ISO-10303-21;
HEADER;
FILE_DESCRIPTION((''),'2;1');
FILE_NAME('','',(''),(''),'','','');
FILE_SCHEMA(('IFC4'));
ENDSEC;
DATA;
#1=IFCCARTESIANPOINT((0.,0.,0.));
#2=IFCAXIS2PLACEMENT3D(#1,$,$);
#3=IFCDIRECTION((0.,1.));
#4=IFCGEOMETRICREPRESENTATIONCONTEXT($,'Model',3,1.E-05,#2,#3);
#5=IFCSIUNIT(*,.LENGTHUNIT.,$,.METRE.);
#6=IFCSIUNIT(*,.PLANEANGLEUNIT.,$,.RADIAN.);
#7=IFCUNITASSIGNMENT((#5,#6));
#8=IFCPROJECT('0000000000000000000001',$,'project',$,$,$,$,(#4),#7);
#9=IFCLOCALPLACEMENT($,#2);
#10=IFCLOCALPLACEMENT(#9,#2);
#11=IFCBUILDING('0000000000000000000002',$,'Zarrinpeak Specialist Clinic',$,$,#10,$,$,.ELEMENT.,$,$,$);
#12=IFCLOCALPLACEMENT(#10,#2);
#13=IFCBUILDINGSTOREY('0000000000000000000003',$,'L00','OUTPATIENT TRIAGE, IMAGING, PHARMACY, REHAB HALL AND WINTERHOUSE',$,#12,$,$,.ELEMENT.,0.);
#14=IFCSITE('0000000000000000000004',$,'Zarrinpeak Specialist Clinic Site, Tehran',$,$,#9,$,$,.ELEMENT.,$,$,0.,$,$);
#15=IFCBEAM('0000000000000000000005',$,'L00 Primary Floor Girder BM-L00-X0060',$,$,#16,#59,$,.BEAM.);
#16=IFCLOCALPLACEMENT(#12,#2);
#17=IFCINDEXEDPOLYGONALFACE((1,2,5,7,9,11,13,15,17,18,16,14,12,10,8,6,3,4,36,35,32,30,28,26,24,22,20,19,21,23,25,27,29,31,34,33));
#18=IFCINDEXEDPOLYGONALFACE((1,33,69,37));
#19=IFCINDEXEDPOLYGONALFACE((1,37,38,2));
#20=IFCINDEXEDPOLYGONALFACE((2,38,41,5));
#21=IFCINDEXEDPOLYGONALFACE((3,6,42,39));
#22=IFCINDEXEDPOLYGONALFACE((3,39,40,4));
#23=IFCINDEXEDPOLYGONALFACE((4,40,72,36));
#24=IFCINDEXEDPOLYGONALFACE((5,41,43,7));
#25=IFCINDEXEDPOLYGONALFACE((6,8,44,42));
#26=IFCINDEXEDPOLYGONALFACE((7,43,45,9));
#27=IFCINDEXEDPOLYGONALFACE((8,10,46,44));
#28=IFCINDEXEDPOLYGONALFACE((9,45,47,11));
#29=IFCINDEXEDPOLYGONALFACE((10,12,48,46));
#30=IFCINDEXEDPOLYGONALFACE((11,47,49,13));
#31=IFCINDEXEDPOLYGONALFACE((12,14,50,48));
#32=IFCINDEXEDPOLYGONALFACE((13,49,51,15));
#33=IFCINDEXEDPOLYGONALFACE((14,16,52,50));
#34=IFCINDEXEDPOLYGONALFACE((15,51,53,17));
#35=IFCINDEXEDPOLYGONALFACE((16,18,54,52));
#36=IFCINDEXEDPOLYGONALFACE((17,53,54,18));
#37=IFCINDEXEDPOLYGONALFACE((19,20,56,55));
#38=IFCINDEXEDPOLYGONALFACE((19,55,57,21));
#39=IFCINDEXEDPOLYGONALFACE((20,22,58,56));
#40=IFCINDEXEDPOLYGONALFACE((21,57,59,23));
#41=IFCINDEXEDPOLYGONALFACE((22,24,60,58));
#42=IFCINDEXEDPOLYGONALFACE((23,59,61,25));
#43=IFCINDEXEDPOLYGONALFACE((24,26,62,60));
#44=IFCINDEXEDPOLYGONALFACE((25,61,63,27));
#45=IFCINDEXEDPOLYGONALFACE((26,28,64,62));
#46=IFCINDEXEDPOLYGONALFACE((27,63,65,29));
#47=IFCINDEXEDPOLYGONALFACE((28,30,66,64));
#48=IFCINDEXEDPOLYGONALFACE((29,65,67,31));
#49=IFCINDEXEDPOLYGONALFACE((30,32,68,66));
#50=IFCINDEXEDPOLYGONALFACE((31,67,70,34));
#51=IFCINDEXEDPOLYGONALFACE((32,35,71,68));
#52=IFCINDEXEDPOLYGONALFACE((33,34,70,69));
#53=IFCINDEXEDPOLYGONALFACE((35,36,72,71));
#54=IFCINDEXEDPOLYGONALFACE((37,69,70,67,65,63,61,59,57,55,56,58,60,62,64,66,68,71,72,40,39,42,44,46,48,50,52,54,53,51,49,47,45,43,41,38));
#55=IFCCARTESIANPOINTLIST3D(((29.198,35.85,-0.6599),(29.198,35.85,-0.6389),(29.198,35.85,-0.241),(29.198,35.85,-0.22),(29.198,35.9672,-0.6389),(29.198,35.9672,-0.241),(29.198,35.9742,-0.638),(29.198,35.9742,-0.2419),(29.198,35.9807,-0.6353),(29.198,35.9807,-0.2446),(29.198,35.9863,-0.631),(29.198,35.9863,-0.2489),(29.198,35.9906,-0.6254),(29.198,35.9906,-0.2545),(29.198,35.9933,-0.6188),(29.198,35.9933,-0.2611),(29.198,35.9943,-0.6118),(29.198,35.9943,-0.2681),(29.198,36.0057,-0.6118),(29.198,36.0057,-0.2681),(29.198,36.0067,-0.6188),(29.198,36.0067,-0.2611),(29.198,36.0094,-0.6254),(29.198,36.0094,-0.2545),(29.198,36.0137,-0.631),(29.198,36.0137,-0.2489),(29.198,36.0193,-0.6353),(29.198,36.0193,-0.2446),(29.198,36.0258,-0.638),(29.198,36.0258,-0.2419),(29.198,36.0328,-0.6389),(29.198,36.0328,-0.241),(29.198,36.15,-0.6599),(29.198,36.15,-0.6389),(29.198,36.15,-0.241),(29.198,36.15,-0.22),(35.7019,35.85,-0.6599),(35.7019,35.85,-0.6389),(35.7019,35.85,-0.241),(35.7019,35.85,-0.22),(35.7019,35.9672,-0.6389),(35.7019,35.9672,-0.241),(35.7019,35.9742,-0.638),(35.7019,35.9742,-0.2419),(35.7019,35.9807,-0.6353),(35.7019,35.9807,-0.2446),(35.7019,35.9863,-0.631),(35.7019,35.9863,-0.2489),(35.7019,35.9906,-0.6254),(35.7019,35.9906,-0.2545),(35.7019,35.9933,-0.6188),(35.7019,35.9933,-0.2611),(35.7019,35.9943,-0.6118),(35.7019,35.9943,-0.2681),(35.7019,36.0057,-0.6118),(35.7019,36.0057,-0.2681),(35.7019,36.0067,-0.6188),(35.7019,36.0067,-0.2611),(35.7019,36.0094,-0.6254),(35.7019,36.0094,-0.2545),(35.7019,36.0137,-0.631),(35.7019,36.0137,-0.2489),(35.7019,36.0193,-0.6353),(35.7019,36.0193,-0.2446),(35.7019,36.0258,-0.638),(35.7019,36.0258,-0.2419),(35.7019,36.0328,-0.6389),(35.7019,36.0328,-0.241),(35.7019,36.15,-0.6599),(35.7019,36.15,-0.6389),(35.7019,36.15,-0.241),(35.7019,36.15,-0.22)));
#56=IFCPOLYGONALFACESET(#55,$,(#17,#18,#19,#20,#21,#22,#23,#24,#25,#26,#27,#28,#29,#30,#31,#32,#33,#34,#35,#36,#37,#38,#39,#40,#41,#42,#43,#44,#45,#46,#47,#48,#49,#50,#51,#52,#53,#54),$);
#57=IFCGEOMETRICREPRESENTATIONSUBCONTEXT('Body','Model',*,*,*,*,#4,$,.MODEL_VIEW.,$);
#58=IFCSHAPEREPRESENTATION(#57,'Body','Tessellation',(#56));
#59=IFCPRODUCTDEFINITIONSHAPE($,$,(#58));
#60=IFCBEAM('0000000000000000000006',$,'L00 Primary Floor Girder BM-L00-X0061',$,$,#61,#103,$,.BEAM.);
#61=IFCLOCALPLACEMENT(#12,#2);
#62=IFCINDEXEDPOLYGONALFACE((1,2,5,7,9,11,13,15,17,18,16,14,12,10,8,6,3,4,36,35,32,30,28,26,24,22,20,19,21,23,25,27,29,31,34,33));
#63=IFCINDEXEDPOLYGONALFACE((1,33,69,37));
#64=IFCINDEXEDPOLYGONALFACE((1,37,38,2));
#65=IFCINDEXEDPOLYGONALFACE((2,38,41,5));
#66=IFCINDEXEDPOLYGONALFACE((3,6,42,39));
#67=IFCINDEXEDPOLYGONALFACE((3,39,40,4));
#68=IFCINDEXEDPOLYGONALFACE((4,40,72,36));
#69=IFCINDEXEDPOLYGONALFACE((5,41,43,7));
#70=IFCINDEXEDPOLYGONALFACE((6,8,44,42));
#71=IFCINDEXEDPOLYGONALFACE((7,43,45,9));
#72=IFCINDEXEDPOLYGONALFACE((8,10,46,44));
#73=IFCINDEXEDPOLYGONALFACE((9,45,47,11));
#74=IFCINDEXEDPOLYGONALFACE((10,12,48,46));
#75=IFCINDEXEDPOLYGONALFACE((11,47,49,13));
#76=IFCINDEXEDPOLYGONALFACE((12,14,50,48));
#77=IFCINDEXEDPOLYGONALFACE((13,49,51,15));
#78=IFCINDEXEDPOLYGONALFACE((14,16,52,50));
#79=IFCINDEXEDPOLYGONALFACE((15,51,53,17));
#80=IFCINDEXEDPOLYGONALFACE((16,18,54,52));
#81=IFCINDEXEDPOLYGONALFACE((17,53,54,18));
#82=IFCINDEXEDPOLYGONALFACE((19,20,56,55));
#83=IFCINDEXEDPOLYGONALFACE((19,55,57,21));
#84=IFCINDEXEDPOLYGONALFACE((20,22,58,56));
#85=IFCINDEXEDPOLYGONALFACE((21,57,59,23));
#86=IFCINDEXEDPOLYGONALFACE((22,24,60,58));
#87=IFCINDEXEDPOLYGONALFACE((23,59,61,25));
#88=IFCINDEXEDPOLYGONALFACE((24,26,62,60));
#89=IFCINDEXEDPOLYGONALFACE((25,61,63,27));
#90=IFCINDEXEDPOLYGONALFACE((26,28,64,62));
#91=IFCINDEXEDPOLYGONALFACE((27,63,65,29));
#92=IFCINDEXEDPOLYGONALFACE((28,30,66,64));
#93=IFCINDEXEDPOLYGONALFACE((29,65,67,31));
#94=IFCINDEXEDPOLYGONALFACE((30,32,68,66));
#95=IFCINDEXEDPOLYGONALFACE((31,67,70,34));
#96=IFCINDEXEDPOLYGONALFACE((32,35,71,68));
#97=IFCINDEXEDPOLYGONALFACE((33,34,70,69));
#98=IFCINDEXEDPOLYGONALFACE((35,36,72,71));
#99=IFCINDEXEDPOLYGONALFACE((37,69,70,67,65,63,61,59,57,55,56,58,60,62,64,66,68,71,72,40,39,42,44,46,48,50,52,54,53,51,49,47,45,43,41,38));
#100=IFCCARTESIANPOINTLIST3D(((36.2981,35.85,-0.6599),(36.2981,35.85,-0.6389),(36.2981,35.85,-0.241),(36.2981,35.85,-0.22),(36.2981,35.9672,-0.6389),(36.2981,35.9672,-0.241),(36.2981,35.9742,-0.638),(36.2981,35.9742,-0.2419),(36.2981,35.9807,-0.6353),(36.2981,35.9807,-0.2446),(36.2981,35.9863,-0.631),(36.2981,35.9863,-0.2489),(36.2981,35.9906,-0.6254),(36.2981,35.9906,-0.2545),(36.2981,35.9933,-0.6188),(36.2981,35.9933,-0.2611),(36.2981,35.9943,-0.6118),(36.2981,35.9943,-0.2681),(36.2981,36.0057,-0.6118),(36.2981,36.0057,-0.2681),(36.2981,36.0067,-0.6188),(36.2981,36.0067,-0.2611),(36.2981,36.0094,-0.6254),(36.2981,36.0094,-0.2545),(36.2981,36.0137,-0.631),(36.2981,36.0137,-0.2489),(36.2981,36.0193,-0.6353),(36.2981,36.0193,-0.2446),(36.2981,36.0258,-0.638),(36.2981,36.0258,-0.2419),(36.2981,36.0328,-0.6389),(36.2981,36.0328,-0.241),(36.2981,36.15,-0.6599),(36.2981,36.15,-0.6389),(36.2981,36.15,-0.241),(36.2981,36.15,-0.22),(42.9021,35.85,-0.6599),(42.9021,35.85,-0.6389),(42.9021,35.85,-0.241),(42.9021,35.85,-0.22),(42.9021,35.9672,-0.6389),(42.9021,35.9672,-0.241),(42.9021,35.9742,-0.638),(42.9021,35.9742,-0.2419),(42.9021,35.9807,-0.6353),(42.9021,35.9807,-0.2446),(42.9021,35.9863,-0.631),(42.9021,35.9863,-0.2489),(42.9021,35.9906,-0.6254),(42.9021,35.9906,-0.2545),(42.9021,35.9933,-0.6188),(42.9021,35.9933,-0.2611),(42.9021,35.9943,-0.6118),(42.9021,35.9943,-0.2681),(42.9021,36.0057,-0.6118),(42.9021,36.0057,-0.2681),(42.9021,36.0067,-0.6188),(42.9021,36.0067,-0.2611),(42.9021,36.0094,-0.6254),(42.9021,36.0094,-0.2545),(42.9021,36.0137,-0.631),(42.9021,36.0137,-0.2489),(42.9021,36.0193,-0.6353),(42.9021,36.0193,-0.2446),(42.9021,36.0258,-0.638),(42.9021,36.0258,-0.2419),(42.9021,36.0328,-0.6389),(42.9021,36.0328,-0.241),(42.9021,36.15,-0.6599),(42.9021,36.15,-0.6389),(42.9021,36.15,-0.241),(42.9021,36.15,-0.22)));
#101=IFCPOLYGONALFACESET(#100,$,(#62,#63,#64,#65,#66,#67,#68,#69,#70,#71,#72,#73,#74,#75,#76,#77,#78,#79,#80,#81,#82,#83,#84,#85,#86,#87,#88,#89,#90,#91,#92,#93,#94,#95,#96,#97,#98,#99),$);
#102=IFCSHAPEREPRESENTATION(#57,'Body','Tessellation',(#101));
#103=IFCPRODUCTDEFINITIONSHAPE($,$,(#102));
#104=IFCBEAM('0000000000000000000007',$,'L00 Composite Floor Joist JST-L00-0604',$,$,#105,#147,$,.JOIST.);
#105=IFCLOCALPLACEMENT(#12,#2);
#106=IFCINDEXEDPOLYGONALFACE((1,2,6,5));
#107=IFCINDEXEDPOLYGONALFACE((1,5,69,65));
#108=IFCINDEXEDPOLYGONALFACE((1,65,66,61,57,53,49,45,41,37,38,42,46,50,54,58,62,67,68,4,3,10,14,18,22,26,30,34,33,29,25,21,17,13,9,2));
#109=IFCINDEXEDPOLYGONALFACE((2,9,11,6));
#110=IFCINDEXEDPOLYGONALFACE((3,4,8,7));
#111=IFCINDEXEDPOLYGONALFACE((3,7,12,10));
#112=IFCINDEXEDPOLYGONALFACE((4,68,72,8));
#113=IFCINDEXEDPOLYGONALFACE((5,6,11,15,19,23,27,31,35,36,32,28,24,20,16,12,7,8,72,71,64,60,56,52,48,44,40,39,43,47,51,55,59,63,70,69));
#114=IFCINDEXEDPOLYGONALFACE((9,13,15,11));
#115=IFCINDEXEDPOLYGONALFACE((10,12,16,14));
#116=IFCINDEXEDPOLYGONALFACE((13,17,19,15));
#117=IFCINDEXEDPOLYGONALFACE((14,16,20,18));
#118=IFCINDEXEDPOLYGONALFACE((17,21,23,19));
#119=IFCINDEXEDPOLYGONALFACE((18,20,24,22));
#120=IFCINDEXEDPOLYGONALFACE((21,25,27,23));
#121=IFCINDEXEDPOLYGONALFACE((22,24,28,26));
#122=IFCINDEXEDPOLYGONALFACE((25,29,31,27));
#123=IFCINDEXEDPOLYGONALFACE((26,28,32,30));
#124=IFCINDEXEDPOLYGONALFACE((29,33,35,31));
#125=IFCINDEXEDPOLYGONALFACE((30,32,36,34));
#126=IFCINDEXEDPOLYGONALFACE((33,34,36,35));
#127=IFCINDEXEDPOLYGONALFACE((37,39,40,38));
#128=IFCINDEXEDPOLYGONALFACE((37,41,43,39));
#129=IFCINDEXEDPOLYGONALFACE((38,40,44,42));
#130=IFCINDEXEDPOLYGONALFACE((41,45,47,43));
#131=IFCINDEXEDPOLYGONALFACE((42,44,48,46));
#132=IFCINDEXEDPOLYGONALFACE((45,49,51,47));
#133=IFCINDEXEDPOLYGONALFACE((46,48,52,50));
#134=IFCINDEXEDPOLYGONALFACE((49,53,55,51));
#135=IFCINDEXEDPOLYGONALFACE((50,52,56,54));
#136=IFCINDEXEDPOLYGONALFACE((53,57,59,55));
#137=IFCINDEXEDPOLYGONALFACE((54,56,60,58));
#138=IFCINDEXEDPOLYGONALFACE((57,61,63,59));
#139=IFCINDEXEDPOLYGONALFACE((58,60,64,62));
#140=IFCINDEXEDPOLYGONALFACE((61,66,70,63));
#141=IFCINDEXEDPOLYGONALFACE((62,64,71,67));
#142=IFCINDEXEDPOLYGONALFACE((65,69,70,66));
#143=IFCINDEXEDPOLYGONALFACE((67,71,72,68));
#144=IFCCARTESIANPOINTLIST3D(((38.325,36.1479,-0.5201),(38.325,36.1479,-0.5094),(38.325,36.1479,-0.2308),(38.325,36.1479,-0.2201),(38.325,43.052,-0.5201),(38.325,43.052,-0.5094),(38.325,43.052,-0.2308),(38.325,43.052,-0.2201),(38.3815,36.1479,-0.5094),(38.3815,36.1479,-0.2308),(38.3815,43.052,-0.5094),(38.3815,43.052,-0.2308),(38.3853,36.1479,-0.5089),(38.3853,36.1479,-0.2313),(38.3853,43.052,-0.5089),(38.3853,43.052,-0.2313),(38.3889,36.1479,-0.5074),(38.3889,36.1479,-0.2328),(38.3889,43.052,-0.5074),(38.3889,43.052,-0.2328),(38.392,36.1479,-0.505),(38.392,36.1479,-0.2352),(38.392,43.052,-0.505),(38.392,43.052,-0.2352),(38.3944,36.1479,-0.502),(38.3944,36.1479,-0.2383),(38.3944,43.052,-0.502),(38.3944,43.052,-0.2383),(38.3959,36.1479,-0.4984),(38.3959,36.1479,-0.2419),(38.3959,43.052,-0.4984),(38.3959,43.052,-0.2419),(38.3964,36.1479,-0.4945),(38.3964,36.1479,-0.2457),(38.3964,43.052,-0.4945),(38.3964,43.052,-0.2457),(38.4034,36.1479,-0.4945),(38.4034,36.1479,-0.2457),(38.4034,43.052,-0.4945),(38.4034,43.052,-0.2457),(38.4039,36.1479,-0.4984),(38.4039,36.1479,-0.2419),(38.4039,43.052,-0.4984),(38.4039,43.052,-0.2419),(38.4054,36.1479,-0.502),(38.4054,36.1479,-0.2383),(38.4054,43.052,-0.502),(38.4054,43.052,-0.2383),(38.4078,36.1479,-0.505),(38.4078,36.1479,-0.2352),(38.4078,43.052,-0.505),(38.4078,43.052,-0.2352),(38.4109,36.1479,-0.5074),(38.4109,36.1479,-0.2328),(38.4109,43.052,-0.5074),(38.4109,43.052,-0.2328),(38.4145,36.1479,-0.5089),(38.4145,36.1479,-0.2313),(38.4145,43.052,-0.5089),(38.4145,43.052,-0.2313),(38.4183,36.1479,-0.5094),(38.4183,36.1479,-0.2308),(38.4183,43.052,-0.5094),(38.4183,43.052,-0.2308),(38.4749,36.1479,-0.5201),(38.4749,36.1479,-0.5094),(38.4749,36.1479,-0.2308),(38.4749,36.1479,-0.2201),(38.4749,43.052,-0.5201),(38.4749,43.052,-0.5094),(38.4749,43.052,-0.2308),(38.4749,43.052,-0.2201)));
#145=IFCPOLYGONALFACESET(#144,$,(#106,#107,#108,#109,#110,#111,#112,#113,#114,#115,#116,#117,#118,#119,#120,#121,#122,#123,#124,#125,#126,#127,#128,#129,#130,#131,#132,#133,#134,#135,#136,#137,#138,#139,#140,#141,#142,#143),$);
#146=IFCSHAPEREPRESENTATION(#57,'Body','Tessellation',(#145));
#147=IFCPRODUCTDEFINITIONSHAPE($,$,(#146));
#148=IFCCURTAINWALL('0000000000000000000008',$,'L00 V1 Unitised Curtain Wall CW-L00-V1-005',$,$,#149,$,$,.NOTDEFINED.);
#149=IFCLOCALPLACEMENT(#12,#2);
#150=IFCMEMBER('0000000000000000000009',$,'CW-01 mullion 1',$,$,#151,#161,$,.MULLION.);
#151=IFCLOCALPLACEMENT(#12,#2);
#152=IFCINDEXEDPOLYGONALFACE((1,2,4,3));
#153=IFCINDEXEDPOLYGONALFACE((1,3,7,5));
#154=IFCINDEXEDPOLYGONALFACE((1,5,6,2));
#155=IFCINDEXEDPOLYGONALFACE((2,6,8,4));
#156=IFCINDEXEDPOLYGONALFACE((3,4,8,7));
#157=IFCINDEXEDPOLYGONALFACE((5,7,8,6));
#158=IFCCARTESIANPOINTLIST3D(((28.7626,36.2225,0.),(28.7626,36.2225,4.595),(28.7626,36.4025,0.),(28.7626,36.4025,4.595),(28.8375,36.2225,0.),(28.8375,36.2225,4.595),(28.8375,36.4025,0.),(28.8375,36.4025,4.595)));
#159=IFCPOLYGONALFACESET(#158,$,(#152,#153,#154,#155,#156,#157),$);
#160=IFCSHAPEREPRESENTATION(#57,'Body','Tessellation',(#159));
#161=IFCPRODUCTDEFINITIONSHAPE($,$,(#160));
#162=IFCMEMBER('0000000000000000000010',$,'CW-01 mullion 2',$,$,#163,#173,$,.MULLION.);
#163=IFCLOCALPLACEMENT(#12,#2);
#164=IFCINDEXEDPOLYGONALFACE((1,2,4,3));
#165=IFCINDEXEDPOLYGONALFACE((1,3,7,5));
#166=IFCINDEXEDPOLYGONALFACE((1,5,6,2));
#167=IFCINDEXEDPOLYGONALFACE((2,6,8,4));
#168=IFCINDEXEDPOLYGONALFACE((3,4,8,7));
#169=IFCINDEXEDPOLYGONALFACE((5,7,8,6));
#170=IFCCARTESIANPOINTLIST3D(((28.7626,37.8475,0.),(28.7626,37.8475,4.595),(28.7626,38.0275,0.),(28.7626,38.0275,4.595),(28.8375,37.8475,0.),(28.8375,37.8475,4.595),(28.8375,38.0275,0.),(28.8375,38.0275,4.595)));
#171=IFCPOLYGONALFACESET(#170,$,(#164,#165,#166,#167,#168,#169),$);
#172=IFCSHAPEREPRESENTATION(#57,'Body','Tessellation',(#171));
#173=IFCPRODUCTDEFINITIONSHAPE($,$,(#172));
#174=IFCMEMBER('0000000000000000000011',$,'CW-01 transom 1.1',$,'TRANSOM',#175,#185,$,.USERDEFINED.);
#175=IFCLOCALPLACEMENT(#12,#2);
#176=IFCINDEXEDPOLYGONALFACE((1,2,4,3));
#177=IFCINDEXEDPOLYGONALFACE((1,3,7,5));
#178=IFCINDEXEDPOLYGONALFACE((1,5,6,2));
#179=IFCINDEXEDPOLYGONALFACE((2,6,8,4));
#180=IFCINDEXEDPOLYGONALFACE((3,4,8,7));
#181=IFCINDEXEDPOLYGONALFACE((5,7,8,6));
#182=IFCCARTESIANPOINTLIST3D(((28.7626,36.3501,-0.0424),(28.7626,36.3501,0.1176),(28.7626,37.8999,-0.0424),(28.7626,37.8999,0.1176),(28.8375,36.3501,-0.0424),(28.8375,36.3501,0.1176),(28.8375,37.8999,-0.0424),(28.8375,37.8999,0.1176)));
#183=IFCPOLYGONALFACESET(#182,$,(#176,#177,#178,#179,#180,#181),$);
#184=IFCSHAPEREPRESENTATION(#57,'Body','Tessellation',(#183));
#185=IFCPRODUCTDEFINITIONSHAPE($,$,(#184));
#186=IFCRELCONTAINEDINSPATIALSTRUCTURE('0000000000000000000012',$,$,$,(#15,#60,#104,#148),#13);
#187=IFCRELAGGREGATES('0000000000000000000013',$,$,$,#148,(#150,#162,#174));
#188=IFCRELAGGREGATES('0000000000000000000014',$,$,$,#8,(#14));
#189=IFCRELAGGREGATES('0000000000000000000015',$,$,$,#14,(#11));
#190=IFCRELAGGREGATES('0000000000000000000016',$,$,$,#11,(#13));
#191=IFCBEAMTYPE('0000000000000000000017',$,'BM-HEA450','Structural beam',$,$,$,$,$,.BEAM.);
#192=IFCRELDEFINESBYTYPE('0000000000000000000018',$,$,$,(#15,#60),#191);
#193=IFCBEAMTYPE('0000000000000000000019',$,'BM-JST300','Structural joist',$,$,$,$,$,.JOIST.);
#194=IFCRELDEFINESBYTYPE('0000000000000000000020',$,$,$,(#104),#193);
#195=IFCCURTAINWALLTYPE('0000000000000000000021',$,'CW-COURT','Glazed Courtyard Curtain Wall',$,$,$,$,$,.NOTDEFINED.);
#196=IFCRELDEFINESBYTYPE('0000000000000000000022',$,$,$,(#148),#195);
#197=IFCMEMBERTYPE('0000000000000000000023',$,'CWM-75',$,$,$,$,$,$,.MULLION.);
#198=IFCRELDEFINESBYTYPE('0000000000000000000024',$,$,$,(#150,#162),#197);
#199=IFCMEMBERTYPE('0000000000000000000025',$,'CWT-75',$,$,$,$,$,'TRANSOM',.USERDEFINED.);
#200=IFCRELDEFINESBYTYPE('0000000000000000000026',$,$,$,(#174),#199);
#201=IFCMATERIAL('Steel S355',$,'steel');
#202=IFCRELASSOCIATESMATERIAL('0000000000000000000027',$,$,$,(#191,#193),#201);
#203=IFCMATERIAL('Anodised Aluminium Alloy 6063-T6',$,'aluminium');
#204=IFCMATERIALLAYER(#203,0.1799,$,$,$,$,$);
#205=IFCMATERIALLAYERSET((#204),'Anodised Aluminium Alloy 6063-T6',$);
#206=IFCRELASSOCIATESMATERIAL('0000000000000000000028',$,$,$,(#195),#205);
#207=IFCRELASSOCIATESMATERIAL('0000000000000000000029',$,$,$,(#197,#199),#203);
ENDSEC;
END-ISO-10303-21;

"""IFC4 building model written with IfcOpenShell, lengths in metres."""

from ifc_helpers import new_model, si_unit, direction, frame, origin, origin_2d, place, context, subcontext, project, spatial, rectangle, i_section, extrude, material, layer, layer_set, material_profile, profile_set, type_object, element, aggregate, save


model = new_model("IFC4")

# Units and contexts
model_context = context("Model", 3, precision=1e-05, world=origin(), true_north=direction((0.0, 1.0)))
body_context = subcontext(model_context, "Body", "Model", "MODEL_VIEW")
ifc_project = project(units=[si_unit("LENGTHUNIT", "METRE"), si_unit("PLANEANGLEUNIT", "RADIAN")], contexts=[model_context])

# Site, building, storey
site_placement = place(None, origin())
site = spatial("IfcSite", under=ifc_project, at=site_placement, Name="Zarrinpeak Specialist Clinic Site, Tehran", CompositionType="ELEMENT", RefElevation=0.0)
building_placement = place(site_placement, origin())
building = spatial("IfcBuilding", under=site, at=building_placement, Name="Zarrinpeak Specialist Clinic", CompositionType="ELEMENT")
storey_placement = place(building_placement, origin())
storey = spatial("IfcBuildingStorey", under=building, at=storey_placement, Name="L00", Description="OUTPATIENT TRIAGE, IMAGING, PHARMACY, REHAB HALL AND WINTERHOUSE", CompositionType="ELEMENT", Elevation=0.0)

# Shared definitions
ifc_material_1 = material(Name="Steel S355", Category="steel")

# Beams
ifc_material_profile_1 = material_profile(ifc_material_1, i_section(OverallWidth=0.3, OverallDepth=0.4399, WebThickness=0.0115, FlangeThickness=0.021, FilletRadius=0.0271, at=origin_2d()), Name="HEA 450")
ifc_profile_set_1 = profile_set([ifc_material_profile_1], Name="Steel S355")
beam_type_1 = type_object("IfcBeamType", Name="BM-HEA450", Description="Structural beam", PredefinedType="BEAM", material=ifc_profile_set_1)
beam_1_placement = place(storey_placement, frame((29.198, 36.0, -0.4399), z_axis=(1.0, 0.0, 0.0), x_axis=(0.0, 1.0, 0.0)))
element("IfcBeam", 1, at=beam_1_placement, inside=storey, type_object=beam_type_1, Name="L00 Primary Floor Girder BM-L00-X0060", PredefinedType="BEAM", context=body_context, shape_type="SweptSolid", body=[
    extrude(i_section(OverallWidth=0.3, OverallDepth=0.4399, WebThickness=0.0115, FlangeThickness=0.021, FilletRadius=0.0271, at=origin_2d()), origin(), (0.0, 0.0, 1.0), 6.5039),
])
beam_2_placement = place(storey_placement, frame((36.2981, 36.0, -0.4399), z_axis=(1.0, 0.0, 0.0), x_axis=(0.0, 1.0, 0.0)))
element("IfcBeam", 2, at=beam_2_placement, inside=storey, type_object=beam_type_1, Name="L00 Primary Floor Girder BM-L00-X0061", PredefinedType="BEAM", context=body_context, shape_type="SweptSolid", body=[
    extrude(i_section(OverallWidth=0.3, OverallDepth=0.4399, WebThickness=0.0115, FlangeThickness=0.021, FilletRadius=0.0271, at=origin_2d()), origin(), (0.0, 0.0, 1.0), 6.604),
])
ifc_material_profile_2 = material_profile(ifc_material_1, i_section(OverallWidth=0.1499, OverallDepth=0.3, WebThickness=0.0071, FlangeThickness=0.0107, FilletRadius=0.0149, at=origin_2d()), Name="IPE 300")
ifc_profile_set_2 = profile_set([ifc_material_profile_2], Name="Steel S355")
beam_type_2 = type_object("IfcBeamType", Name="BM-JST300", Description="Structural joist", PredefinedType="JOIST", material=ifc_profile_set_2)
beam_3_placement = place(storey_placement, frame((38.3999, 36.1479, -0.3701), z_axis=(0.0, 1.0, 0.0), x_axis=(-1.0, 0.0, 0.0)))
element("IfcBeam", 3, at=beam_3_placement, inside=storey, type_object=beam_type_2, Name="L00 Composite Floor Joist JST-L00-0604", PredefinedType="JOIST", context=body_context, shape_type="SweptSolid", body=[
    extrude(i_section(OverallWidth=0.1499, OverallDepth=0.3, WebThickness=0.0071, FlangeThickness=0.0107, FilletRadius=0.0149, at=origin_2d()), origin(), (0.0, 0.0, 1.0), 6.9041),
])

# Curtain wall, members
ifc_material_2 = material(Name="Anodised Aluminium Alloy 6063-T6", Category="aluminium")
ifc_layer_1 = layer(ifc_material_2, 0.1799)
ifc_layer_set_1 = layer_set([ifc_layer_1], Name="Anodised Aluminium Alloy 6063-T6")
curtain_wall_type = type_object("IfcCurtainWallType", Name="CW-COURT", Description="Glazed Courtyard Curtain Wall", PredefinedType="NOTDEFINED", material=ifc_layer_set_1)
curtain_wall_placement = place(storey_placement, origin())
curtain_wall = element("IfcCurtainWall", 4, at=curtain_wall_placement, inside=storey, type_object=curtain_wall_type, Name="L00 V1 Unitised Curtain Wall CW-L00-V1-005", PredefinedType="NOTDEFINED")
ifc_material_profile_3 = material_profile(ifc_material_2, rectangle(XDim=0.075, YDim=0.1799, at=origin_2d()), Name="ALU 75x180")
ifc_profile_set_3 = profile_set([ifc_material_profile_3], Name="Anodised Aluminium Alloy 6063-T6")
member_type_1 = type_object("IfcMemberType", Name="CWM-75", PredefinedType="MULLION", material=ifc_profile_set_3)
member_1_placement = place(storey_placement, frame((28.8, 36.3125, 0.0), z_axis=(0.0, 0.0, 1.0), x_axis=(-1.0, 0.0, 0.0)))
member_1 = element("IfcMember", 5, at=member_1_placement, type_object=member_type_1, Name="CW-01 mullion 1", PredefinedType="MULLION", context=body_context, shape_type="SweptSolid", body=[
    extrude(rectangle(XDim=0.075, YDim=0.1799, at=origin_2d()), origin(), (0.0, 0.0, 1.0), 4.595),
])
member_2_placement = place(storey_placement, frame((28.8, 37.9375, 0.0), z_axis=(0.0, 0.0, 1.0), x_axis=(-1.0, 0.0, 0.0)))
member_2 = element("IfcMember", 6, at=member_2_placement, type_object=member_type_1, Name="CW-01 mullion 2", PredefinedType="MULLION", context=body_context, shape_type="SweptSolid", body=[
    extrude(rectangle(XDim=0.075, YDim=0.1799, at=origin_2d()), origin(), (0.0, 0.0, 1.0), 4.595),
])
ifc_material_profile_4 = material_profile(ifc_material_2, rectangle(XDim=0.075, YDim=0.1599, at=origin_2d()), Name="ALU 75x160")
ifc_profile_set_4 = profile_set([ifc_material_profile_4], Name="Anodised Aluminium Alloy 6063-T6")
member_type_2 = type_object("IfcMemberType", Name="CWT-75", ElementType="TRANSOM", PredefinedType="USERDEFINED", material=ifc_profile_set_4)
member_3_placement = place(storey_placement, frame((28.8, 36.3501, 0.0376), z_axis=(0.0, 1.0, 0.0), x_axis=(-1.0, 0.0, 0.0)))
member_3 = element("IfcMember", 7, at=member_3_placement, type_object=member_type_2, Name="CW-01 transom 1.1", ObjectType="TRANSOM", PredefinedType="USERDEFINED", context=body_context, shape_type="SweptSolid", body=[
    extrude(rectangle(XDim=0.075, YDim=0.1599, at=origin_2d()), origin(), (0.0, 0.0, 1.0), 1.5498),
])
aggregate(curtain_wall, [member_1, member_2, member_3])

save(model, "model.ifc")
